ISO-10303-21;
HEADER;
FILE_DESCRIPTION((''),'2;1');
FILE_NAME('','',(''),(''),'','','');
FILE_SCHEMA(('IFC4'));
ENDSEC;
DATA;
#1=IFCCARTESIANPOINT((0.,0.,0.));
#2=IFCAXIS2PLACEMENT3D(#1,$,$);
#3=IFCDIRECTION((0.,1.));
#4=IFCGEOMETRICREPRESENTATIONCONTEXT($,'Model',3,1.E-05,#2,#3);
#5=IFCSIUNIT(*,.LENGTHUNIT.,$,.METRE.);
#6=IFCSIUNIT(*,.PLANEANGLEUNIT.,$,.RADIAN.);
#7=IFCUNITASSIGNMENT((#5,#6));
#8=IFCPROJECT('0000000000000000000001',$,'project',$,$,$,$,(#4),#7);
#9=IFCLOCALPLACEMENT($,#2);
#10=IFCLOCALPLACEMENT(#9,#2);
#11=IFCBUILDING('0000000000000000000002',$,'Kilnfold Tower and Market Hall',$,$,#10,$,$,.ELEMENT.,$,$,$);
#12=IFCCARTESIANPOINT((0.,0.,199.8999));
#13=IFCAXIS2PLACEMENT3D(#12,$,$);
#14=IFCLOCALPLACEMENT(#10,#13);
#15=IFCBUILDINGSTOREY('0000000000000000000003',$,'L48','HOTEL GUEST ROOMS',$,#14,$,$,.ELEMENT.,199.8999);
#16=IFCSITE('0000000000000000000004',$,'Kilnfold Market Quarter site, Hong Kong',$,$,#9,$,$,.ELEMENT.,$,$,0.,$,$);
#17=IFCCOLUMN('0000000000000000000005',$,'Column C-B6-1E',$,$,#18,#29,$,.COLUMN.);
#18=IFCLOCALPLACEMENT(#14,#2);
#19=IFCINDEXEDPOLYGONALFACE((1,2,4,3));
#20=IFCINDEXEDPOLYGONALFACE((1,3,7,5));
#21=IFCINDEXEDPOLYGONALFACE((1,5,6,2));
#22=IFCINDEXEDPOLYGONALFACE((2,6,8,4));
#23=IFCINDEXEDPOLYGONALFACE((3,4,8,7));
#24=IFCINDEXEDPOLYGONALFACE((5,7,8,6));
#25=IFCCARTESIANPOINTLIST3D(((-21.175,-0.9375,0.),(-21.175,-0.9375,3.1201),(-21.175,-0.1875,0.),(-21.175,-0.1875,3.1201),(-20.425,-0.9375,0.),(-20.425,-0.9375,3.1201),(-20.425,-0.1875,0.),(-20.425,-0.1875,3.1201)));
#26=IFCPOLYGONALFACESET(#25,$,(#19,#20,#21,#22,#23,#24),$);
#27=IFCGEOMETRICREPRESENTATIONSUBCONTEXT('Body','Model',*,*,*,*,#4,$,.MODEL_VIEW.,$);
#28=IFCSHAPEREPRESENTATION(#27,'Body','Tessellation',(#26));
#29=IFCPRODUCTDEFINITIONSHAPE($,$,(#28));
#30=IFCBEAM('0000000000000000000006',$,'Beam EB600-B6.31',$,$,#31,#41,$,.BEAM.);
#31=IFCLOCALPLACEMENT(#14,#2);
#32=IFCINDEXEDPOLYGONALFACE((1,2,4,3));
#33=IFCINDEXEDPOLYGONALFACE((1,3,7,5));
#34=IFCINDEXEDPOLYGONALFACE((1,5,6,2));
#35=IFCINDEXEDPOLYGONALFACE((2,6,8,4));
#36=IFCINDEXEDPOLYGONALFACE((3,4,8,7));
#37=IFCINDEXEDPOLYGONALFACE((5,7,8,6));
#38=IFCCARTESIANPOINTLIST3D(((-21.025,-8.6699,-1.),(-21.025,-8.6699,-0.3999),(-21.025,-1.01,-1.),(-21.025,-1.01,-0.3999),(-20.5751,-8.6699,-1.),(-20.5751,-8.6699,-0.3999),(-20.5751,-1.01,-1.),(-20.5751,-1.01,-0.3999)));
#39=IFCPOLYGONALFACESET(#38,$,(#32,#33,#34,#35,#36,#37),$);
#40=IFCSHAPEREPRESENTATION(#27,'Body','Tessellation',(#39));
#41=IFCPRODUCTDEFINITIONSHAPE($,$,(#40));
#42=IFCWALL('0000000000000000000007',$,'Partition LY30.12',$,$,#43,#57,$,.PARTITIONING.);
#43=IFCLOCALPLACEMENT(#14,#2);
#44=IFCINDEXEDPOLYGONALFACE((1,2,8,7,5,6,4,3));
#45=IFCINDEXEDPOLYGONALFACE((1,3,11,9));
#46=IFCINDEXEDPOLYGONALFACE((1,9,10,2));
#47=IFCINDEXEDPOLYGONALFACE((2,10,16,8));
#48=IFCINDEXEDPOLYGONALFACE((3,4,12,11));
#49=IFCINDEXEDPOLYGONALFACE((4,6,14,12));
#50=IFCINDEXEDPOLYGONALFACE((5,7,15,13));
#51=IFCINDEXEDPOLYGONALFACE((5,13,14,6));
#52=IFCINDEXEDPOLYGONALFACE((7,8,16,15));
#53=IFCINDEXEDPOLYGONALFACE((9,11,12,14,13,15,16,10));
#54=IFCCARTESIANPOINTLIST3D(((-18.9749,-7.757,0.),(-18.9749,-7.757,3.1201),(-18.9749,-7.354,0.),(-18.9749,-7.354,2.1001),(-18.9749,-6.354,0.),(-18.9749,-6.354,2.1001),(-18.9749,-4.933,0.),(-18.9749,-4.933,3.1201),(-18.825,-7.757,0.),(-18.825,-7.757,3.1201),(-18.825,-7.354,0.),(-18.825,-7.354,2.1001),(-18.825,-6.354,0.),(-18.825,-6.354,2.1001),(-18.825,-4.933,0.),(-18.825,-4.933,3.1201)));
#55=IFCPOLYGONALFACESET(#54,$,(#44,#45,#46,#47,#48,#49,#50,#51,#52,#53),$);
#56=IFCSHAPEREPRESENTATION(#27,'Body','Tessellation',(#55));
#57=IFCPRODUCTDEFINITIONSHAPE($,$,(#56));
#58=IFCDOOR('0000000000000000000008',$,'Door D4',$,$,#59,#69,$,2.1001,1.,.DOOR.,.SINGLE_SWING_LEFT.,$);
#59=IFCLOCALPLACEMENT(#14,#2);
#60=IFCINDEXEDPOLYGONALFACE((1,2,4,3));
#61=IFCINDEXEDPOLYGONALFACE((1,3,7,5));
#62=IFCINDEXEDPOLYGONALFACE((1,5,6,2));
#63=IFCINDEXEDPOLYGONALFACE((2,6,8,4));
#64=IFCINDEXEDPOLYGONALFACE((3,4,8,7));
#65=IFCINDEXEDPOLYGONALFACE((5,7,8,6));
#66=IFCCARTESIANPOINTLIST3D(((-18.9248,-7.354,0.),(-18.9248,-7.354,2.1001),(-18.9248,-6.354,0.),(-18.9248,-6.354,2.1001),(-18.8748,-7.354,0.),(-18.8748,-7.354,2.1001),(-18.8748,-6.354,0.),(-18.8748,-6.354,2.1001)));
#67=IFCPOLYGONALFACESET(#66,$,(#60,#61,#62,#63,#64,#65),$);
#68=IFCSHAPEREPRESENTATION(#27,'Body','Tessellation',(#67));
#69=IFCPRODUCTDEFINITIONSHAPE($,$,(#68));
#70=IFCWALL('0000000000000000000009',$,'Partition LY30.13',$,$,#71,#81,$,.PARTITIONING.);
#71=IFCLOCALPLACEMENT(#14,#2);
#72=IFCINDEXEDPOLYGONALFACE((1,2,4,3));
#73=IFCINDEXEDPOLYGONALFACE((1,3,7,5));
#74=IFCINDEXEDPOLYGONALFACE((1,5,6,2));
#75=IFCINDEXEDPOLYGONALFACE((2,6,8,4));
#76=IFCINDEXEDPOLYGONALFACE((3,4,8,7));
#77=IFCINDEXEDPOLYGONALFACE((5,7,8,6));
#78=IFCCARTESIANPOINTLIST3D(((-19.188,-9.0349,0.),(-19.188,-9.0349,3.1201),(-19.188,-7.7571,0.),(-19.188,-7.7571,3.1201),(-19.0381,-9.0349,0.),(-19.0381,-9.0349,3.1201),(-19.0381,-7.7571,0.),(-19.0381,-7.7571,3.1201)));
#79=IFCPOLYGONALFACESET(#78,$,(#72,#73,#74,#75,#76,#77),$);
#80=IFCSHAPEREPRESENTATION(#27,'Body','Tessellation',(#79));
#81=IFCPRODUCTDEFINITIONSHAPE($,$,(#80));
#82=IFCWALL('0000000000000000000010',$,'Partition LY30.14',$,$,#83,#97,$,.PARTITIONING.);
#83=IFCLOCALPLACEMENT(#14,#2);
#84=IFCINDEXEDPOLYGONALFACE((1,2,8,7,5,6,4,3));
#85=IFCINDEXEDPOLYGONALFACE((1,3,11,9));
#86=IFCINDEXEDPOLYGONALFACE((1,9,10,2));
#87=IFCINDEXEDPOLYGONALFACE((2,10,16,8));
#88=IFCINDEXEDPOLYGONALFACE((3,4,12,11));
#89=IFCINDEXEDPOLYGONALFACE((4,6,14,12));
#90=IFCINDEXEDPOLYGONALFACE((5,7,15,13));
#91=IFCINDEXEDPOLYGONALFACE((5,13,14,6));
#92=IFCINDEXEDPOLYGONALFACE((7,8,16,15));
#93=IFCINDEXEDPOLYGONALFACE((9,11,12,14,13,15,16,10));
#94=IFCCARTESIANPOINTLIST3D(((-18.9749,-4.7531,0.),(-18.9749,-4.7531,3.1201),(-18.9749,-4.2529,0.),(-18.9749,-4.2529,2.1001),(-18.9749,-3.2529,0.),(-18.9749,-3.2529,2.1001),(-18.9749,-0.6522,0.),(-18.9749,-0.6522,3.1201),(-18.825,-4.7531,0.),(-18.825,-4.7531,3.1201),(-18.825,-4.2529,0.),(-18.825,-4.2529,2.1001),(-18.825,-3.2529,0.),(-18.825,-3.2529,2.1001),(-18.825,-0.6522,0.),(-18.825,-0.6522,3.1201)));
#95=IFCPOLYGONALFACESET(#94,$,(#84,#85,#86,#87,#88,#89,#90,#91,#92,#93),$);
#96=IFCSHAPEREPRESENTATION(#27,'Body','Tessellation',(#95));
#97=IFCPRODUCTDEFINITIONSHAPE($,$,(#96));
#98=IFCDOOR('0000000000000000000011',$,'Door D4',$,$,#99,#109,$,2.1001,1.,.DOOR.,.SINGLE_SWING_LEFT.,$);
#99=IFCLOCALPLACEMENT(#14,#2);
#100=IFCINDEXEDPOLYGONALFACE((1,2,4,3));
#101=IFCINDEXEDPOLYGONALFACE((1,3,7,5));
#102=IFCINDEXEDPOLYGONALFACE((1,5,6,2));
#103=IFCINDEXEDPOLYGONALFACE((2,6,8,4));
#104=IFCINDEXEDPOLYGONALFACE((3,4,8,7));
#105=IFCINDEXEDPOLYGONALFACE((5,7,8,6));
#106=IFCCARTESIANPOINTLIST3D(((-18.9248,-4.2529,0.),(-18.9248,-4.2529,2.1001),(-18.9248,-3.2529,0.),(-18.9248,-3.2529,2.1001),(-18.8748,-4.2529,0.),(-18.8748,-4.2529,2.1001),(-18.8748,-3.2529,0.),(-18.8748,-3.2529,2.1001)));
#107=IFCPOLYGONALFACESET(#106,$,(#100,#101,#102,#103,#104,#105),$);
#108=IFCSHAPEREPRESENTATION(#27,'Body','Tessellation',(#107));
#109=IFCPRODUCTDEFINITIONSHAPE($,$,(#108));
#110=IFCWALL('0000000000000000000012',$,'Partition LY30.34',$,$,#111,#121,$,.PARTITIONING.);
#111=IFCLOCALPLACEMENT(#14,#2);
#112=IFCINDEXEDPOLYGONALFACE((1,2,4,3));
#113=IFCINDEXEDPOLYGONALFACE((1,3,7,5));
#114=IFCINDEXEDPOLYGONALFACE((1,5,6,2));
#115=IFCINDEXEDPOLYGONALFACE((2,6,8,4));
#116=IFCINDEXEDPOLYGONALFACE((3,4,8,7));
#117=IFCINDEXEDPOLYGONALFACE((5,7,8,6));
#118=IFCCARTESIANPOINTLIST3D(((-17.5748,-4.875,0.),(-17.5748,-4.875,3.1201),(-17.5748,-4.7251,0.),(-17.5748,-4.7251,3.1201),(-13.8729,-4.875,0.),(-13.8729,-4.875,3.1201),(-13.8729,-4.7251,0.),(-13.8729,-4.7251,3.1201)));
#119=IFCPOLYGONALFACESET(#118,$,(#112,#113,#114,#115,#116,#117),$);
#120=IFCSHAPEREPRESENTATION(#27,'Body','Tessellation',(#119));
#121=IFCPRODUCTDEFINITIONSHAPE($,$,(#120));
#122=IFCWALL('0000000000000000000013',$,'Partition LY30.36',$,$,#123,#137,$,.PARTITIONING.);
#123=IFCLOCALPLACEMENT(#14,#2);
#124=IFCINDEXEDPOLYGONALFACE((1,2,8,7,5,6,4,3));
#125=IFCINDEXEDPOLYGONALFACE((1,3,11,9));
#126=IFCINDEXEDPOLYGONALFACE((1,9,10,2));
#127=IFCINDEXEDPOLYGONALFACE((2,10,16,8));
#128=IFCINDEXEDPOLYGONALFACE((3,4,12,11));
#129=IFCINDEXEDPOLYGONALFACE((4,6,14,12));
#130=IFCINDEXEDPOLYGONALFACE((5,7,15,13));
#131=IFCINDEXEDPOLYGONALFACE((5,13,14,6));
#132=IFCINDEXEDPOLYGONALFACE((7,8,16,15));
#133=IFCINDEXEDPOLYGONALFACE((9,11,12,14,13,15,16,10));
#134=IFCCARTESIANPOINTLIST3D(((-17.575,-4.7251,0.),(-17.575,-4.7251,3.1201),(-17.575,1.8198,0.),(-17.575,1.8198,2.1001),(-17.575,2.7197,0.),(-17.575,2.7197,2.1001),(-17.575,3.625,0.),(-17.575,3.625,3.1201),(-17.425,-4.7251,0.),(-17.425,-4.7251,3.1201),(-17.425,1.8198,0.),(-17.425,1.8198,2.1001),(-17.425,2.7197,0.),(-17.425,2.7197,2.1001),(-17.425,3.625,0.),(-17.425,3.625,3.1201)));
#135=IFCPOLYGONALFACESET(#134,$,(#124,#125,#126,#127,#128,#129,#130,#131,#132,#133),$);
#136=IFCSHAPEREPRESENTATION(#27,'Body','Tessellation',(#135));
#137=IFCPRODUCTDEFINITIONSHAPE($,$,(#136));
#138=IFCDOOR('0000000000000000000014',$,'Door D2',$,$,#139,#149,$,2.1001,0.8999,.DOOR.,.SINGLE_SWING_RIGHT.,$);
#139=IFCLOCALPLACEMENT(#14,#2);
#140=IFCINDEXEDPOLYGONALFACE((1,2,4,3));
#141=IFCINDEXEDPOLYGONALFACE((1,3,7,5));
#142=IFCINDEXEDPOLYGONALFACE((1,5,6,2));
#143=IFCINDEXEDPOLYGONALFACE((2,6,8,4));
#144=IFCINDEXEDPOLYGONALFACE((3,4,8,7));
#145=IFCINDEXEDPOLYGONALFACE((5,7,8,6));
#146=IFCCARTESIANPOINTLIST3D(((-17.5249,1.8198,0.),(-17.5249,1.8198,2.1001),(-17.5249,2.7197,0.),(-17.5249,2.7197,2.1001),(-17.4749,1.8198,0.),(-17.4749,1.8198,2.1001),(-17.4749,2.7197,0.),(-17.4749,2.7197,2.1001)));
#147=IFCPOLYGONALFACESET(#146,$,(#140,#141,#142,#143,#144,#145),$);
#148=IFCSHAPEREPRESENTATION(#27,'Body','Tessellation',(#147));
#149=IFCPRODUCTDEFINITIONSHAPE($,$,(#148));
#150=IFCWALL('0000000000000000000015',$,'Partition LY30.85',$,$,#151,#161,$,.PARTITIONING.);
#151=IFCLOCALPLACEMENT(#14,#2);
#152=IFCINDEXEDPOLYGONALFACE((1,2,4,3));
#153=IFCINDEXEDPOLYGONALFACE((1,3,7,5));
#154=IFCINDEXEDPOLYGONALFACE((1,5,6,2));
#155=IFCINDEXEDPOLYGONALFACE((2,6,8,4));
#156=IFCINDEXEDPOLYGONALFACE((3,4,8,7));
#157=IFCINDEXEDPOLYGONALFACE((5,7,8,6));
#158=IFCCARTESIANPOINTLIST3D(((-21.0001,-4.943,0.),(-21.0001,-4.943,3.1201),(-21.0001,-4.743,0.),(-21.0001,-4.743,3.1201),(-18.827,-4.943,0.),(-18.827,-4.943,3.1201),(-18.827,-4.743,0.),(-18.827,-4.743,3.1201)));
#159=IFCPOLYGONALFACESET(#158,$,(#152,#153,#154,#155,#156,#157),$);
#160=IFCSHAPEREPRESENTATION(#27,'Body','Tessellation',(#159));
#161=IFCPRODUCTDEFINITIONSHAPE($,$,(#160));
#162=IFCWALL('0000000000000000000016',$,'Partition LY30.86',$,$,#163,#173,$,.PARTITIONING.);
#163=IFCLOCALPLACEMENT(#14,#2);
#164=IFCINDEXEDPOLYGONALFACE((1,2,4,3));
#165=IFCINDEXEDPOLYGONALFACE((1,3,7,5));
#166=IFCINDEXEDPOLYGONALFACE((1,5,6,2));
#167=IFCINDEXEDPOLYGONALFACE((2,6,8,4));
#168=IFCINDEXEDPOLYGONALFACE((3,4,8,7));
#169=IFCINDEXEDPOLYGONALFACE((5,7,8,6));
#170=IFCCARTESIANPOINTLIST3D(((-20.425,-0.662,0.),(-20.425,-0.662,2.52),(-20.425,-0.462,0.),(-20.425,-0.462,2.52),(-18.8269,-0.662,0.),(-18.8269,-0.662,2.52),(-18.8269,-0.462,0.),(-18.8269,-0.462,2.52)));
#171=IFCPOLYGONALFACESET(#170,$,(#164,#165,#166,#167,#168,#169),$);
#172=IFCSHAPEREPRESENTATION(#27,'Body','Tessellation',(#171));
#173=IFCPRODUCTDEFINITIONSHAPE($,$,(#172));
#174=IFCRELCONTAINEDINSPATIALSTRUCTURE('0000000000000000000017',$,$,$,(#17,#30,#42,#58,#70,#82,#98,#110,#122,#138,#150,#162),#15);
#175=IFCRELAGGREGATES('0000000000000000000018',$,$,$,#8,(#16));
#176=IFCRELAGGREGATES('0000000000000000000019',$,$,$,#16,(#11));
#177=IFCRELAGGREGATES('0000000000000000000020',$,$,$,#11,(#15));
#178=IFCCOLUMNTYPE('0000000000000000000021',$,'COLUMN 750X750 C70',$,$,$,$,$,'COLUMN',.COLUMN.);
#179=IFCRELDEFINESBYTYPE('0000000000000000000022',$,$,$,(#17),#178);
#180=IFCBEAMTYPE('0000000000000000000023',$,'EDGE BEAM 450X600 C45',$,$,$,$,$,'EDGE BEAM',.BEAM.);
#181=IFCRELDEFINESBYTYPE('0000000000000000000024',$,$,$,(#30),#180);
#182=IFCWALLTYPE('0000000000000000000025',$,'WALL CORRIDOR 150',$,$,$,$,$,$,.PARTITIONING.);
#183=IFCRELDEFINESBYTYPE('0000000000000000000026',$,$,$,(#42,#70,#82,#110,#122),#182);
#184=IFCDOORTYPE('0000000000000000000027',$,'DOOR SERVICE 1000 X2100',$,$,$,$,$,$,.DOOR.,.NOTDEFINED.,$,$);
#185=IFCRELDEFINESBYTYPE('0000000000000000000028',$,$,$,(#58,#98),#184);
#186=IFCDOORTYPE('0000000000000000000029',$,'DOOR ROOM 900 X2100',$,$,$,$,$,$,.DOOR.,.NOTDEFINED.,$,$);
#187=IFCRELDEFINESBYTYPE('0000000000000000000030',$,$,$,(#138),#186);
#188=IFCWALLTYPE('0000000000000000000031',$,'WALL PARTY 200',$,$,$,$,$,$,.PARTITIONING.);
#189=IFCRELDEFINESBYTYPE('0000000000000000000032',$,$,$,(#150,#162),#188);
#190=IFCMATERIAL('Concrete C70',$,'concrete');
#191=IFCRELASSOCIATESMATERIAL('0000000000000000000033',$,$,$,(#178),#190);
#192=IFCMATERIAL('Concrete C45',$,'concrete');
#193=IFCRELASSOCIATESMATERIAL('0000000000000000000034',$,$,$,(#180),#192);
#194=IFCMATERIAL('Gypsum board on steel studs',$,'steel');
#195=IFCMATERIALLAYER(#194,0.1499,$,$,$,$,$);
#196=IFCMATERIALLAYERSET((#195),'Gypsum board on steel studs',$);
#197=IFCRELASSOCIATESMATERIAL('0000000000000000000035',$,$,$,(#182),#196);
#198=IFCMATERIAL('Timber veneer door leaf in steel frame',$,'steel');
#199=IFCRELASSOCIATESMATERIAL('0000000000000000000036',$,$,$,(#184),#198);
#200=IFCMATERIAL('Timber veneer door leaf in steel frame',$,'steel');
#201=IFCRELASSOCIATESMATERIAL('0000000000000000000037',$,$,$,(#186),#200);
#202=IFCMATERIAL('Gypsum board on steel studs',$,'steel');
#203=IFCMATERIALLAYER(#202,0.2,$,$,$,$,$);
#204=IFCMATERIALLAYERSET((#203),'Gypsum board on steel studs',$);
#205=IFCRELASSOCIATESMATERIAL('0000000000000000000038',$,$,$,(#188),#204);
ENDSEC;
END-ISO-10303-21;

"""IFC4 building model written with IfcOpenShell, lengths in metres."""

from ifc_helpers import new_model, si_unit, direction, frame, frame_2d, origin, origin_2d, place, context, subcontext, project, spatial, rectangle, extrude, source, transform, mapped, material, layer, layer_set, material_profile, profile_set, type_object, element, fill, save


model = new_model("IFC4")

# Units and contexts
model_context = context("Model", 3, precision=1e-05, world=origin(), true_north=direction((0.0, 1.0)))
body_context = subcontext(model_context, "Body", "Model", "MODEL_VIEW")
ifc_project = project(units=[si_unit("LENGTHUNIT", "METRE"), si_unit("PLANEANGLEUNIT", "RADIAN")], contexts=[model_context])

# Site, building, storey
site_placement = place(None, origin())
site = spatial("IfcSite", under=ifc_project, at=site_placement, Name="Kilnfold Market Quarter site, Hong Kong", CompositionType="ELEMENT", RefElevation=0.0)
building_placement = place(site_placement, origin())
building = spatial("IfcBuilding", under=site, at=building_placement, Name="Kilnfold Tower and Market Hall", CompositionType="ELEMENT")
storey_placement = place(building_placement, frame((0.0, 0.0, 199.8999)))
storey = spatial("IfcBuildingStorey", under=building, at=storey_placement, Name="L48", Description="HOTEL GUEST ROOMS", CompositionType="ELEMENT", Elevation=199.8999)

# Column
ifc_material_1 = material(Name="Concrete C70", Category="concrete")
ifc_material_profile_1 = material_profile(ifc_material_1, rectangle(XDim=0.75, YDim=0.75, at=origin_2d()), Name="RC 750x750")
ifc_profile_set_1 = profile_set([ifc_material_profile_1], Name="Concrete C70")
column_type = type_object("IfcColumnType", Name="COLUMN 750X750 C70", ElementType="COLUMN", PredefinedType="COLUMN", material=ifc_profile_set_1)
shared_shape_1 = source(origin(), body_context, "Body", "SweptSolid", [
    extrude(rectangle(XDim=0.75, YDim=0.75, at=origin_2d()), origin(), (0.0, 0.0, 1.0), 3.1201),
])
column_placement = place(storey_placement, frame((-20.8, -0.5625, 0.0), z_axis=(0.0, 0.0, 1.0), x_axis=(1.0, 0.0, 0.0)))
element("IfcColumn", 1, at=column_placement, inside=storey, type_object=column_type, Name="Column C-B6-1E", PredefinedType="COLUMN", context=body_context, shape_type="MappedRepresentation", body=[
    mapped(shared_shape_1, transform((0.0, 0.0, 0.0))),
])

# Beam
ifc_material_2 = material(Name="Concrete C45", Category="concrete")
ifc_material_profile_2 = material_profile(ifc_material_2, rectangle(XDim=0.45, YDim=0.6001, at=origin_2d()), Name="RC 450x600")
ifc_profile_set_2 = profile_set([ifc_material_profile_2], Name="Concrete C45")
beam_type = type_object("IfcBeamType", Name="EDGE BEAM 450X600 C45", ElementType="EDGE BEAM", PredefinedType="BEAM", material=ifc_profile_set_2)
shared_shape_2 = source(origin(), body_context, "Body", "SweptSolid", [
    extrude(rectangle(XDim=0.45, YDim=0.6001, at=origin_2d()), origin(), (0.0, 0.0, 1.0), 7.6599),
])
beam_placement = place(storey_placement, frame((-20.8, -8.6699, -0.7), z_axis=(0.0, 1.0, 0.0), x_axis=(-1.0, 0.0, 0.0)))
element("IfcBeam", 2, at=beam_placement, inside=storey, type_object=beam_type, Name="Beam EB600-B6.31", PredefinedType="BEAM", context=body_context, shape_type="MappedRepresentation", body=[
    mapped(shared_shape_2, transform((0.0, 0.0, 0.0))),
])

# Wall, opening, door
ifc_material_3 = material(Name="Gypsum board on steel studs", Category="steel")
ifc_layer_1 = layer(ifc_material_3, 0.1499)
ifc_layer_set_1 = layer_set([ifc_layer_1], Name="Gypsum board on steel studs")
wall_type_1 = type_object("IfcWallType", Name="WALL CORRIDOR 150", PredefinedType="PARTITIONING", material=ifc_layer_set_1)
wall_1_placement = place(storey_placement, frame((-18.8999, -7.7571, 0.0), z_axis=(0.0, 0.0, 1.0), x_axis=(0.0, 1.0, 0.0)))
wall_1 = element("IfcWall", 3, at=wall_1_placement, inside=storey, type_object=wall_type_1, Name="Partition LY30.12", PredefinedType="PARTITIONING", context=body_context, shape_type="SweptSolid", body=[
    extrude(rectangle(XDim=2.824, YDim=0.1499, at=frame_2d((1.4121, 0.0))), origin(), (0.0, 0.0, 1.0), 3.1201),
])
opening_1_placement = place(wall_1_placement, frame((0.4031, 0.0, 0.0)))
opening_1 = element("IfcOpeningElement", 4, at=opening_1_placement, cuts=wall_1, PredefinedType="OPENING", context=body_context, shape_type="SweptSolid", body=[
    extrude(rectangle(XDim=1.0, YDim=2.1001, at=frame_2d((0.5, 1.05))), frame((0.0, 0.085, 0.0), z_axis=(0.0, -1.0, 0.0), x_axis=(1.0, 0.0, 0.0)), (0.0, 0.0, 1.0), 0.1699),
])
ifc_material_4 = material(Name="Timber veneer door leaf in steel frame", Category="steel")
door_type_1 = type_object("IfcDoorType", Name="DOOR SERVICE 1000 X2100", OperationType="NOTDEFINED", PredefinedType="DOOR", material=ifc_material_4)
door_1_placement = place(opening_1_placement, origin())
door_1 = element("IfcDoor", 5, at=door_1_placement, inside=storey, type_object=door_type_1, Name="Door D4", OperationType="SINGLE_SWING_LEFT", OverallHeight=2.1001, OverallWidth=1.0, PredefinedType="DOOR", context=body_context, shape_type="SweptSolid", body=[
    extrude(rectangle(XDim=1.0, YDim=2.1001, at=frame_2d((0.5, 1.05))), frame((0.0, 0.0249, 0.0), z_axis=(0.0, -1.0, 0.0), x_axis=(1.0, 0.0, 0.0)), (0.0, 0.0, 1.0), 0.05),
])
fill(opening_1, door_1)

# Wall
wall_2_placement = place(storey_placement, frame((-19.113, -9.0349, 0.0), z_axis=(0.0, 0.0, 1.0), x_axis=(0.0, 1.0, 0.0)))
element("IfcWall", 6, at=wall_2_placement, inside=storey, type_object=wall_type_1, Name="Partition LY30.13", PredefinedType="PARTITIONING", context=body_context, shape_type="SweptSolid", body=[
    extrude(rectangle(XDim=1.2778, YDim=0.1499, at=frame_2d((0.6389, 0.0))), origin(), (0.0, 0.0, 1.0), 3.1201),
])

# Wall, opening, door
wall_3_placement = place(storey_placement, frame((-18.8999, -4.7529, 0.0), z_axis=(0.0, 0.0, 1.0), x_axis=(0.0, 1.0, 0.0)))
wall_3 = element("IfcWall", 7, at=wall_3_placement, inside=storey, type_object=wall_type_1, Name="Partition LY30.14", PredefinedType="PARTITIONING", context=body_context, shape_type="SweptSolid", body=[
    extrude(rectangle(XDim=4.1008, YDim=0.1499, at=frame_2d((2.0503, 0.0))), origin(), (0.0, 0.0, 1.0), 3.1201),
])
opening_2_placement = place(wall_3_placement, frame((0.5, 0.0, 0.0)))
opening_2 = element("IfcOpeningElement", 8, at=opening_2_placement, cuts=wall_3, PredefinedType="OPENING", context=body_context, shape_type="SweptSolid", body=[
    extrude(rectangle(XDim=1.0, YDim=2.1001, at=frame_2d((0.5, 1.05))), frame((0.0, 0.085, 0.0), z_axis=(0.0, -1.0, 0.0), x_axis=(1.0, 0.0, 0.0)), (0.0, 0.0, 1.0), 0.1699),
])
door_2_placement = place(opening_2_placement, origin())
door_2 = element("IfcDoor", 9, at=door_2_placement, inside=storey, type_object=door_type_1, Name="Door D4", OperationType="SINGLE_SWING_LEFT", OverallHeight=2.1001, OverallWidth=1.0, PredefinedType="DOOR", context=body_context, shape_type="SweptSolid", body=[
    extrude(rectangle(XDim=1.0, YDim=2.1001, at=frame_2d((0.5, 1.05))), frame((0.0, 0.0249, 0.0), z_axis=(0.0, -1.0, 0.0), x_axis=(1.0, 0.0, 0.0)), (0.0, 0.0, 1.0), 0.05),
])
fill(opening_2, door_2)

# Wall
wall_4_placement = place(storey_placement, frame((-17.575, -4.8, 0.0), z_axis=(0.0, 0.0, 1.0), x_axis=(1.0, 0.0, 0.0)))
element("IfcWall", 10, at=wall_4_placement, inside=storey, type_object=wall_type_1, Name="Partition LY30.34", PredefinedType="PARTITIONING", context=body_context, shape_type="SweptSolid", body=[
    extrude(rectangle(XDim=3.7019, YDim=0.1499, at=frame_2d((1.8511, 0.0))), origin(), (0.0, 0.0, 1.0), 3.1201),
])

# Wall, opening, door
wall_5_placement = place(storey_placement, frame((-17.5, -4.7251, 0.0), z_axis=(0.0, 0.0, 1.0), x_axis=(0.0, 1.0, 0.0)))
wall_5 = element("IfcWall", 11, at=wall_5_placement, inside=storey, type_object=wall_type_1, Name="Partition LY30.36", PredefinedType="PARTITIONING", context=body_context, shape_type="SweptSolid", body=[
    extrude(rectangle(XDim=8.3501, YDim=0.1499, at=frame_2d((4.175, 0.0))), origin(), (0.0, 0.0, 1.0), 3.1201),
])
opening_3_placement = place(wall_5_placement, frame((6.5449, 0.0, 0.0)))
opening_3 = element("IfcOpeningElement", 12, at=opening_3_placement, cuts=wall_5, PredefinedType="OPENING", context=body_context, shape_type="SweptSolid", body=[
    extrude(rectangle(XDim=0.8999, YDim=2.1001, at=frame_2d((0.45, 1.05))), frame((0.0, 0.085, 0.0), z_axis=(0.0, -1.0, 0.0), x_axis=(1.0, 0.0, 0.0)), (0.0, 0.0, 1.0), 0.1699),
])
ifc_material_5 = material(Name="Timber veneer door leaf in steel frame", Category="steel")
door_type_2 = type_object("IfcDoorType", Name="DOOR ROOM 900 X2100", OperationType="NOTDEFINED", PredefinedType="DOOR", material=ifc_material_5)
door_3_placement = place(opening_3_placement, origin())
door_3 = element("IfcDoor", 13, at=door_3_placement, inside=storey, type_object=door_type_2, Name="Door D2", OperationType="SINGLE_SWING_RIGHT", OverallHeight=2.1001, OverallWidth=0.8999, PredefinedType="DOOR", context=body_context, shape_type="SweptSolid", body=[
    extrude(rectangle(XDim=0.8999, YDim=2.1001, at=frame_2d((0.45, 1.05))), frame((0.0, 0.0249, 0.0), z_axis=(0.0, -1.0, 0.0), x_axis=(1.0, 0.0, 0.0)), (0.0, 0.0, 1.0), 0.05),
])
fill(opening_3, door_3)

# Walls
ifc_material_6 = material(Name="Gypsum board on steel studs", Category="steel")
ifc_layer_2 = layer(ifc_material_6, 0.2)
ifc_layer_set_2 = layer_set([ifc_layer_2], Name="Gypsum board on steel studs")
wall_type_2 = type_object("IfcWallType", Name="WALL PARTY 200", PredefinedType="PARTITIONING", material=ifc_layer_set_2)
wall_6_placement = place(storey_placement, frame((-21.0, -4.843, 0.0), z_axis=(0.0, 0.0, 1.0), x_axis=(1.0, 0.0, 0.0)))
element("IfcWall", 14, at=wall_6_placement, inside=storey, type_object=wall_type_2, Name="Partition LY30.85", PredefinedType="PARTITIONING", context=body_context, shape_type="SweptSolid", body=[
    extrude(rectangle(XDim=2.1731, YDim=0.2, at=frame_2d((1.0864, 0.0))), origin(), (0.0, 0.0, 1.0), 3.1201),
])
wall_7_placement = place(storey_placement, frame((-18.8269, -0.562, 0.0), z_axis=(0.0, 0.0, 1.0), x_axis=(-1.0, 0.0, 0.0)))
element("IfcWall", 15, at=wall_7_placement, inside=storey, type_object=wall_type_2, Name="Partition LY30.86", PredefinedType="PARTITIONING", context=body_context, shape_type="SweptSolid", body=[
    extrude(rectangle(XDim=1.5981, YDim=0.2, at=frame_2d((0.7991, 0.0))), origin(), (0.0, 0.0, 1.0), 2.52),
])

save(model, "model.ifc")
